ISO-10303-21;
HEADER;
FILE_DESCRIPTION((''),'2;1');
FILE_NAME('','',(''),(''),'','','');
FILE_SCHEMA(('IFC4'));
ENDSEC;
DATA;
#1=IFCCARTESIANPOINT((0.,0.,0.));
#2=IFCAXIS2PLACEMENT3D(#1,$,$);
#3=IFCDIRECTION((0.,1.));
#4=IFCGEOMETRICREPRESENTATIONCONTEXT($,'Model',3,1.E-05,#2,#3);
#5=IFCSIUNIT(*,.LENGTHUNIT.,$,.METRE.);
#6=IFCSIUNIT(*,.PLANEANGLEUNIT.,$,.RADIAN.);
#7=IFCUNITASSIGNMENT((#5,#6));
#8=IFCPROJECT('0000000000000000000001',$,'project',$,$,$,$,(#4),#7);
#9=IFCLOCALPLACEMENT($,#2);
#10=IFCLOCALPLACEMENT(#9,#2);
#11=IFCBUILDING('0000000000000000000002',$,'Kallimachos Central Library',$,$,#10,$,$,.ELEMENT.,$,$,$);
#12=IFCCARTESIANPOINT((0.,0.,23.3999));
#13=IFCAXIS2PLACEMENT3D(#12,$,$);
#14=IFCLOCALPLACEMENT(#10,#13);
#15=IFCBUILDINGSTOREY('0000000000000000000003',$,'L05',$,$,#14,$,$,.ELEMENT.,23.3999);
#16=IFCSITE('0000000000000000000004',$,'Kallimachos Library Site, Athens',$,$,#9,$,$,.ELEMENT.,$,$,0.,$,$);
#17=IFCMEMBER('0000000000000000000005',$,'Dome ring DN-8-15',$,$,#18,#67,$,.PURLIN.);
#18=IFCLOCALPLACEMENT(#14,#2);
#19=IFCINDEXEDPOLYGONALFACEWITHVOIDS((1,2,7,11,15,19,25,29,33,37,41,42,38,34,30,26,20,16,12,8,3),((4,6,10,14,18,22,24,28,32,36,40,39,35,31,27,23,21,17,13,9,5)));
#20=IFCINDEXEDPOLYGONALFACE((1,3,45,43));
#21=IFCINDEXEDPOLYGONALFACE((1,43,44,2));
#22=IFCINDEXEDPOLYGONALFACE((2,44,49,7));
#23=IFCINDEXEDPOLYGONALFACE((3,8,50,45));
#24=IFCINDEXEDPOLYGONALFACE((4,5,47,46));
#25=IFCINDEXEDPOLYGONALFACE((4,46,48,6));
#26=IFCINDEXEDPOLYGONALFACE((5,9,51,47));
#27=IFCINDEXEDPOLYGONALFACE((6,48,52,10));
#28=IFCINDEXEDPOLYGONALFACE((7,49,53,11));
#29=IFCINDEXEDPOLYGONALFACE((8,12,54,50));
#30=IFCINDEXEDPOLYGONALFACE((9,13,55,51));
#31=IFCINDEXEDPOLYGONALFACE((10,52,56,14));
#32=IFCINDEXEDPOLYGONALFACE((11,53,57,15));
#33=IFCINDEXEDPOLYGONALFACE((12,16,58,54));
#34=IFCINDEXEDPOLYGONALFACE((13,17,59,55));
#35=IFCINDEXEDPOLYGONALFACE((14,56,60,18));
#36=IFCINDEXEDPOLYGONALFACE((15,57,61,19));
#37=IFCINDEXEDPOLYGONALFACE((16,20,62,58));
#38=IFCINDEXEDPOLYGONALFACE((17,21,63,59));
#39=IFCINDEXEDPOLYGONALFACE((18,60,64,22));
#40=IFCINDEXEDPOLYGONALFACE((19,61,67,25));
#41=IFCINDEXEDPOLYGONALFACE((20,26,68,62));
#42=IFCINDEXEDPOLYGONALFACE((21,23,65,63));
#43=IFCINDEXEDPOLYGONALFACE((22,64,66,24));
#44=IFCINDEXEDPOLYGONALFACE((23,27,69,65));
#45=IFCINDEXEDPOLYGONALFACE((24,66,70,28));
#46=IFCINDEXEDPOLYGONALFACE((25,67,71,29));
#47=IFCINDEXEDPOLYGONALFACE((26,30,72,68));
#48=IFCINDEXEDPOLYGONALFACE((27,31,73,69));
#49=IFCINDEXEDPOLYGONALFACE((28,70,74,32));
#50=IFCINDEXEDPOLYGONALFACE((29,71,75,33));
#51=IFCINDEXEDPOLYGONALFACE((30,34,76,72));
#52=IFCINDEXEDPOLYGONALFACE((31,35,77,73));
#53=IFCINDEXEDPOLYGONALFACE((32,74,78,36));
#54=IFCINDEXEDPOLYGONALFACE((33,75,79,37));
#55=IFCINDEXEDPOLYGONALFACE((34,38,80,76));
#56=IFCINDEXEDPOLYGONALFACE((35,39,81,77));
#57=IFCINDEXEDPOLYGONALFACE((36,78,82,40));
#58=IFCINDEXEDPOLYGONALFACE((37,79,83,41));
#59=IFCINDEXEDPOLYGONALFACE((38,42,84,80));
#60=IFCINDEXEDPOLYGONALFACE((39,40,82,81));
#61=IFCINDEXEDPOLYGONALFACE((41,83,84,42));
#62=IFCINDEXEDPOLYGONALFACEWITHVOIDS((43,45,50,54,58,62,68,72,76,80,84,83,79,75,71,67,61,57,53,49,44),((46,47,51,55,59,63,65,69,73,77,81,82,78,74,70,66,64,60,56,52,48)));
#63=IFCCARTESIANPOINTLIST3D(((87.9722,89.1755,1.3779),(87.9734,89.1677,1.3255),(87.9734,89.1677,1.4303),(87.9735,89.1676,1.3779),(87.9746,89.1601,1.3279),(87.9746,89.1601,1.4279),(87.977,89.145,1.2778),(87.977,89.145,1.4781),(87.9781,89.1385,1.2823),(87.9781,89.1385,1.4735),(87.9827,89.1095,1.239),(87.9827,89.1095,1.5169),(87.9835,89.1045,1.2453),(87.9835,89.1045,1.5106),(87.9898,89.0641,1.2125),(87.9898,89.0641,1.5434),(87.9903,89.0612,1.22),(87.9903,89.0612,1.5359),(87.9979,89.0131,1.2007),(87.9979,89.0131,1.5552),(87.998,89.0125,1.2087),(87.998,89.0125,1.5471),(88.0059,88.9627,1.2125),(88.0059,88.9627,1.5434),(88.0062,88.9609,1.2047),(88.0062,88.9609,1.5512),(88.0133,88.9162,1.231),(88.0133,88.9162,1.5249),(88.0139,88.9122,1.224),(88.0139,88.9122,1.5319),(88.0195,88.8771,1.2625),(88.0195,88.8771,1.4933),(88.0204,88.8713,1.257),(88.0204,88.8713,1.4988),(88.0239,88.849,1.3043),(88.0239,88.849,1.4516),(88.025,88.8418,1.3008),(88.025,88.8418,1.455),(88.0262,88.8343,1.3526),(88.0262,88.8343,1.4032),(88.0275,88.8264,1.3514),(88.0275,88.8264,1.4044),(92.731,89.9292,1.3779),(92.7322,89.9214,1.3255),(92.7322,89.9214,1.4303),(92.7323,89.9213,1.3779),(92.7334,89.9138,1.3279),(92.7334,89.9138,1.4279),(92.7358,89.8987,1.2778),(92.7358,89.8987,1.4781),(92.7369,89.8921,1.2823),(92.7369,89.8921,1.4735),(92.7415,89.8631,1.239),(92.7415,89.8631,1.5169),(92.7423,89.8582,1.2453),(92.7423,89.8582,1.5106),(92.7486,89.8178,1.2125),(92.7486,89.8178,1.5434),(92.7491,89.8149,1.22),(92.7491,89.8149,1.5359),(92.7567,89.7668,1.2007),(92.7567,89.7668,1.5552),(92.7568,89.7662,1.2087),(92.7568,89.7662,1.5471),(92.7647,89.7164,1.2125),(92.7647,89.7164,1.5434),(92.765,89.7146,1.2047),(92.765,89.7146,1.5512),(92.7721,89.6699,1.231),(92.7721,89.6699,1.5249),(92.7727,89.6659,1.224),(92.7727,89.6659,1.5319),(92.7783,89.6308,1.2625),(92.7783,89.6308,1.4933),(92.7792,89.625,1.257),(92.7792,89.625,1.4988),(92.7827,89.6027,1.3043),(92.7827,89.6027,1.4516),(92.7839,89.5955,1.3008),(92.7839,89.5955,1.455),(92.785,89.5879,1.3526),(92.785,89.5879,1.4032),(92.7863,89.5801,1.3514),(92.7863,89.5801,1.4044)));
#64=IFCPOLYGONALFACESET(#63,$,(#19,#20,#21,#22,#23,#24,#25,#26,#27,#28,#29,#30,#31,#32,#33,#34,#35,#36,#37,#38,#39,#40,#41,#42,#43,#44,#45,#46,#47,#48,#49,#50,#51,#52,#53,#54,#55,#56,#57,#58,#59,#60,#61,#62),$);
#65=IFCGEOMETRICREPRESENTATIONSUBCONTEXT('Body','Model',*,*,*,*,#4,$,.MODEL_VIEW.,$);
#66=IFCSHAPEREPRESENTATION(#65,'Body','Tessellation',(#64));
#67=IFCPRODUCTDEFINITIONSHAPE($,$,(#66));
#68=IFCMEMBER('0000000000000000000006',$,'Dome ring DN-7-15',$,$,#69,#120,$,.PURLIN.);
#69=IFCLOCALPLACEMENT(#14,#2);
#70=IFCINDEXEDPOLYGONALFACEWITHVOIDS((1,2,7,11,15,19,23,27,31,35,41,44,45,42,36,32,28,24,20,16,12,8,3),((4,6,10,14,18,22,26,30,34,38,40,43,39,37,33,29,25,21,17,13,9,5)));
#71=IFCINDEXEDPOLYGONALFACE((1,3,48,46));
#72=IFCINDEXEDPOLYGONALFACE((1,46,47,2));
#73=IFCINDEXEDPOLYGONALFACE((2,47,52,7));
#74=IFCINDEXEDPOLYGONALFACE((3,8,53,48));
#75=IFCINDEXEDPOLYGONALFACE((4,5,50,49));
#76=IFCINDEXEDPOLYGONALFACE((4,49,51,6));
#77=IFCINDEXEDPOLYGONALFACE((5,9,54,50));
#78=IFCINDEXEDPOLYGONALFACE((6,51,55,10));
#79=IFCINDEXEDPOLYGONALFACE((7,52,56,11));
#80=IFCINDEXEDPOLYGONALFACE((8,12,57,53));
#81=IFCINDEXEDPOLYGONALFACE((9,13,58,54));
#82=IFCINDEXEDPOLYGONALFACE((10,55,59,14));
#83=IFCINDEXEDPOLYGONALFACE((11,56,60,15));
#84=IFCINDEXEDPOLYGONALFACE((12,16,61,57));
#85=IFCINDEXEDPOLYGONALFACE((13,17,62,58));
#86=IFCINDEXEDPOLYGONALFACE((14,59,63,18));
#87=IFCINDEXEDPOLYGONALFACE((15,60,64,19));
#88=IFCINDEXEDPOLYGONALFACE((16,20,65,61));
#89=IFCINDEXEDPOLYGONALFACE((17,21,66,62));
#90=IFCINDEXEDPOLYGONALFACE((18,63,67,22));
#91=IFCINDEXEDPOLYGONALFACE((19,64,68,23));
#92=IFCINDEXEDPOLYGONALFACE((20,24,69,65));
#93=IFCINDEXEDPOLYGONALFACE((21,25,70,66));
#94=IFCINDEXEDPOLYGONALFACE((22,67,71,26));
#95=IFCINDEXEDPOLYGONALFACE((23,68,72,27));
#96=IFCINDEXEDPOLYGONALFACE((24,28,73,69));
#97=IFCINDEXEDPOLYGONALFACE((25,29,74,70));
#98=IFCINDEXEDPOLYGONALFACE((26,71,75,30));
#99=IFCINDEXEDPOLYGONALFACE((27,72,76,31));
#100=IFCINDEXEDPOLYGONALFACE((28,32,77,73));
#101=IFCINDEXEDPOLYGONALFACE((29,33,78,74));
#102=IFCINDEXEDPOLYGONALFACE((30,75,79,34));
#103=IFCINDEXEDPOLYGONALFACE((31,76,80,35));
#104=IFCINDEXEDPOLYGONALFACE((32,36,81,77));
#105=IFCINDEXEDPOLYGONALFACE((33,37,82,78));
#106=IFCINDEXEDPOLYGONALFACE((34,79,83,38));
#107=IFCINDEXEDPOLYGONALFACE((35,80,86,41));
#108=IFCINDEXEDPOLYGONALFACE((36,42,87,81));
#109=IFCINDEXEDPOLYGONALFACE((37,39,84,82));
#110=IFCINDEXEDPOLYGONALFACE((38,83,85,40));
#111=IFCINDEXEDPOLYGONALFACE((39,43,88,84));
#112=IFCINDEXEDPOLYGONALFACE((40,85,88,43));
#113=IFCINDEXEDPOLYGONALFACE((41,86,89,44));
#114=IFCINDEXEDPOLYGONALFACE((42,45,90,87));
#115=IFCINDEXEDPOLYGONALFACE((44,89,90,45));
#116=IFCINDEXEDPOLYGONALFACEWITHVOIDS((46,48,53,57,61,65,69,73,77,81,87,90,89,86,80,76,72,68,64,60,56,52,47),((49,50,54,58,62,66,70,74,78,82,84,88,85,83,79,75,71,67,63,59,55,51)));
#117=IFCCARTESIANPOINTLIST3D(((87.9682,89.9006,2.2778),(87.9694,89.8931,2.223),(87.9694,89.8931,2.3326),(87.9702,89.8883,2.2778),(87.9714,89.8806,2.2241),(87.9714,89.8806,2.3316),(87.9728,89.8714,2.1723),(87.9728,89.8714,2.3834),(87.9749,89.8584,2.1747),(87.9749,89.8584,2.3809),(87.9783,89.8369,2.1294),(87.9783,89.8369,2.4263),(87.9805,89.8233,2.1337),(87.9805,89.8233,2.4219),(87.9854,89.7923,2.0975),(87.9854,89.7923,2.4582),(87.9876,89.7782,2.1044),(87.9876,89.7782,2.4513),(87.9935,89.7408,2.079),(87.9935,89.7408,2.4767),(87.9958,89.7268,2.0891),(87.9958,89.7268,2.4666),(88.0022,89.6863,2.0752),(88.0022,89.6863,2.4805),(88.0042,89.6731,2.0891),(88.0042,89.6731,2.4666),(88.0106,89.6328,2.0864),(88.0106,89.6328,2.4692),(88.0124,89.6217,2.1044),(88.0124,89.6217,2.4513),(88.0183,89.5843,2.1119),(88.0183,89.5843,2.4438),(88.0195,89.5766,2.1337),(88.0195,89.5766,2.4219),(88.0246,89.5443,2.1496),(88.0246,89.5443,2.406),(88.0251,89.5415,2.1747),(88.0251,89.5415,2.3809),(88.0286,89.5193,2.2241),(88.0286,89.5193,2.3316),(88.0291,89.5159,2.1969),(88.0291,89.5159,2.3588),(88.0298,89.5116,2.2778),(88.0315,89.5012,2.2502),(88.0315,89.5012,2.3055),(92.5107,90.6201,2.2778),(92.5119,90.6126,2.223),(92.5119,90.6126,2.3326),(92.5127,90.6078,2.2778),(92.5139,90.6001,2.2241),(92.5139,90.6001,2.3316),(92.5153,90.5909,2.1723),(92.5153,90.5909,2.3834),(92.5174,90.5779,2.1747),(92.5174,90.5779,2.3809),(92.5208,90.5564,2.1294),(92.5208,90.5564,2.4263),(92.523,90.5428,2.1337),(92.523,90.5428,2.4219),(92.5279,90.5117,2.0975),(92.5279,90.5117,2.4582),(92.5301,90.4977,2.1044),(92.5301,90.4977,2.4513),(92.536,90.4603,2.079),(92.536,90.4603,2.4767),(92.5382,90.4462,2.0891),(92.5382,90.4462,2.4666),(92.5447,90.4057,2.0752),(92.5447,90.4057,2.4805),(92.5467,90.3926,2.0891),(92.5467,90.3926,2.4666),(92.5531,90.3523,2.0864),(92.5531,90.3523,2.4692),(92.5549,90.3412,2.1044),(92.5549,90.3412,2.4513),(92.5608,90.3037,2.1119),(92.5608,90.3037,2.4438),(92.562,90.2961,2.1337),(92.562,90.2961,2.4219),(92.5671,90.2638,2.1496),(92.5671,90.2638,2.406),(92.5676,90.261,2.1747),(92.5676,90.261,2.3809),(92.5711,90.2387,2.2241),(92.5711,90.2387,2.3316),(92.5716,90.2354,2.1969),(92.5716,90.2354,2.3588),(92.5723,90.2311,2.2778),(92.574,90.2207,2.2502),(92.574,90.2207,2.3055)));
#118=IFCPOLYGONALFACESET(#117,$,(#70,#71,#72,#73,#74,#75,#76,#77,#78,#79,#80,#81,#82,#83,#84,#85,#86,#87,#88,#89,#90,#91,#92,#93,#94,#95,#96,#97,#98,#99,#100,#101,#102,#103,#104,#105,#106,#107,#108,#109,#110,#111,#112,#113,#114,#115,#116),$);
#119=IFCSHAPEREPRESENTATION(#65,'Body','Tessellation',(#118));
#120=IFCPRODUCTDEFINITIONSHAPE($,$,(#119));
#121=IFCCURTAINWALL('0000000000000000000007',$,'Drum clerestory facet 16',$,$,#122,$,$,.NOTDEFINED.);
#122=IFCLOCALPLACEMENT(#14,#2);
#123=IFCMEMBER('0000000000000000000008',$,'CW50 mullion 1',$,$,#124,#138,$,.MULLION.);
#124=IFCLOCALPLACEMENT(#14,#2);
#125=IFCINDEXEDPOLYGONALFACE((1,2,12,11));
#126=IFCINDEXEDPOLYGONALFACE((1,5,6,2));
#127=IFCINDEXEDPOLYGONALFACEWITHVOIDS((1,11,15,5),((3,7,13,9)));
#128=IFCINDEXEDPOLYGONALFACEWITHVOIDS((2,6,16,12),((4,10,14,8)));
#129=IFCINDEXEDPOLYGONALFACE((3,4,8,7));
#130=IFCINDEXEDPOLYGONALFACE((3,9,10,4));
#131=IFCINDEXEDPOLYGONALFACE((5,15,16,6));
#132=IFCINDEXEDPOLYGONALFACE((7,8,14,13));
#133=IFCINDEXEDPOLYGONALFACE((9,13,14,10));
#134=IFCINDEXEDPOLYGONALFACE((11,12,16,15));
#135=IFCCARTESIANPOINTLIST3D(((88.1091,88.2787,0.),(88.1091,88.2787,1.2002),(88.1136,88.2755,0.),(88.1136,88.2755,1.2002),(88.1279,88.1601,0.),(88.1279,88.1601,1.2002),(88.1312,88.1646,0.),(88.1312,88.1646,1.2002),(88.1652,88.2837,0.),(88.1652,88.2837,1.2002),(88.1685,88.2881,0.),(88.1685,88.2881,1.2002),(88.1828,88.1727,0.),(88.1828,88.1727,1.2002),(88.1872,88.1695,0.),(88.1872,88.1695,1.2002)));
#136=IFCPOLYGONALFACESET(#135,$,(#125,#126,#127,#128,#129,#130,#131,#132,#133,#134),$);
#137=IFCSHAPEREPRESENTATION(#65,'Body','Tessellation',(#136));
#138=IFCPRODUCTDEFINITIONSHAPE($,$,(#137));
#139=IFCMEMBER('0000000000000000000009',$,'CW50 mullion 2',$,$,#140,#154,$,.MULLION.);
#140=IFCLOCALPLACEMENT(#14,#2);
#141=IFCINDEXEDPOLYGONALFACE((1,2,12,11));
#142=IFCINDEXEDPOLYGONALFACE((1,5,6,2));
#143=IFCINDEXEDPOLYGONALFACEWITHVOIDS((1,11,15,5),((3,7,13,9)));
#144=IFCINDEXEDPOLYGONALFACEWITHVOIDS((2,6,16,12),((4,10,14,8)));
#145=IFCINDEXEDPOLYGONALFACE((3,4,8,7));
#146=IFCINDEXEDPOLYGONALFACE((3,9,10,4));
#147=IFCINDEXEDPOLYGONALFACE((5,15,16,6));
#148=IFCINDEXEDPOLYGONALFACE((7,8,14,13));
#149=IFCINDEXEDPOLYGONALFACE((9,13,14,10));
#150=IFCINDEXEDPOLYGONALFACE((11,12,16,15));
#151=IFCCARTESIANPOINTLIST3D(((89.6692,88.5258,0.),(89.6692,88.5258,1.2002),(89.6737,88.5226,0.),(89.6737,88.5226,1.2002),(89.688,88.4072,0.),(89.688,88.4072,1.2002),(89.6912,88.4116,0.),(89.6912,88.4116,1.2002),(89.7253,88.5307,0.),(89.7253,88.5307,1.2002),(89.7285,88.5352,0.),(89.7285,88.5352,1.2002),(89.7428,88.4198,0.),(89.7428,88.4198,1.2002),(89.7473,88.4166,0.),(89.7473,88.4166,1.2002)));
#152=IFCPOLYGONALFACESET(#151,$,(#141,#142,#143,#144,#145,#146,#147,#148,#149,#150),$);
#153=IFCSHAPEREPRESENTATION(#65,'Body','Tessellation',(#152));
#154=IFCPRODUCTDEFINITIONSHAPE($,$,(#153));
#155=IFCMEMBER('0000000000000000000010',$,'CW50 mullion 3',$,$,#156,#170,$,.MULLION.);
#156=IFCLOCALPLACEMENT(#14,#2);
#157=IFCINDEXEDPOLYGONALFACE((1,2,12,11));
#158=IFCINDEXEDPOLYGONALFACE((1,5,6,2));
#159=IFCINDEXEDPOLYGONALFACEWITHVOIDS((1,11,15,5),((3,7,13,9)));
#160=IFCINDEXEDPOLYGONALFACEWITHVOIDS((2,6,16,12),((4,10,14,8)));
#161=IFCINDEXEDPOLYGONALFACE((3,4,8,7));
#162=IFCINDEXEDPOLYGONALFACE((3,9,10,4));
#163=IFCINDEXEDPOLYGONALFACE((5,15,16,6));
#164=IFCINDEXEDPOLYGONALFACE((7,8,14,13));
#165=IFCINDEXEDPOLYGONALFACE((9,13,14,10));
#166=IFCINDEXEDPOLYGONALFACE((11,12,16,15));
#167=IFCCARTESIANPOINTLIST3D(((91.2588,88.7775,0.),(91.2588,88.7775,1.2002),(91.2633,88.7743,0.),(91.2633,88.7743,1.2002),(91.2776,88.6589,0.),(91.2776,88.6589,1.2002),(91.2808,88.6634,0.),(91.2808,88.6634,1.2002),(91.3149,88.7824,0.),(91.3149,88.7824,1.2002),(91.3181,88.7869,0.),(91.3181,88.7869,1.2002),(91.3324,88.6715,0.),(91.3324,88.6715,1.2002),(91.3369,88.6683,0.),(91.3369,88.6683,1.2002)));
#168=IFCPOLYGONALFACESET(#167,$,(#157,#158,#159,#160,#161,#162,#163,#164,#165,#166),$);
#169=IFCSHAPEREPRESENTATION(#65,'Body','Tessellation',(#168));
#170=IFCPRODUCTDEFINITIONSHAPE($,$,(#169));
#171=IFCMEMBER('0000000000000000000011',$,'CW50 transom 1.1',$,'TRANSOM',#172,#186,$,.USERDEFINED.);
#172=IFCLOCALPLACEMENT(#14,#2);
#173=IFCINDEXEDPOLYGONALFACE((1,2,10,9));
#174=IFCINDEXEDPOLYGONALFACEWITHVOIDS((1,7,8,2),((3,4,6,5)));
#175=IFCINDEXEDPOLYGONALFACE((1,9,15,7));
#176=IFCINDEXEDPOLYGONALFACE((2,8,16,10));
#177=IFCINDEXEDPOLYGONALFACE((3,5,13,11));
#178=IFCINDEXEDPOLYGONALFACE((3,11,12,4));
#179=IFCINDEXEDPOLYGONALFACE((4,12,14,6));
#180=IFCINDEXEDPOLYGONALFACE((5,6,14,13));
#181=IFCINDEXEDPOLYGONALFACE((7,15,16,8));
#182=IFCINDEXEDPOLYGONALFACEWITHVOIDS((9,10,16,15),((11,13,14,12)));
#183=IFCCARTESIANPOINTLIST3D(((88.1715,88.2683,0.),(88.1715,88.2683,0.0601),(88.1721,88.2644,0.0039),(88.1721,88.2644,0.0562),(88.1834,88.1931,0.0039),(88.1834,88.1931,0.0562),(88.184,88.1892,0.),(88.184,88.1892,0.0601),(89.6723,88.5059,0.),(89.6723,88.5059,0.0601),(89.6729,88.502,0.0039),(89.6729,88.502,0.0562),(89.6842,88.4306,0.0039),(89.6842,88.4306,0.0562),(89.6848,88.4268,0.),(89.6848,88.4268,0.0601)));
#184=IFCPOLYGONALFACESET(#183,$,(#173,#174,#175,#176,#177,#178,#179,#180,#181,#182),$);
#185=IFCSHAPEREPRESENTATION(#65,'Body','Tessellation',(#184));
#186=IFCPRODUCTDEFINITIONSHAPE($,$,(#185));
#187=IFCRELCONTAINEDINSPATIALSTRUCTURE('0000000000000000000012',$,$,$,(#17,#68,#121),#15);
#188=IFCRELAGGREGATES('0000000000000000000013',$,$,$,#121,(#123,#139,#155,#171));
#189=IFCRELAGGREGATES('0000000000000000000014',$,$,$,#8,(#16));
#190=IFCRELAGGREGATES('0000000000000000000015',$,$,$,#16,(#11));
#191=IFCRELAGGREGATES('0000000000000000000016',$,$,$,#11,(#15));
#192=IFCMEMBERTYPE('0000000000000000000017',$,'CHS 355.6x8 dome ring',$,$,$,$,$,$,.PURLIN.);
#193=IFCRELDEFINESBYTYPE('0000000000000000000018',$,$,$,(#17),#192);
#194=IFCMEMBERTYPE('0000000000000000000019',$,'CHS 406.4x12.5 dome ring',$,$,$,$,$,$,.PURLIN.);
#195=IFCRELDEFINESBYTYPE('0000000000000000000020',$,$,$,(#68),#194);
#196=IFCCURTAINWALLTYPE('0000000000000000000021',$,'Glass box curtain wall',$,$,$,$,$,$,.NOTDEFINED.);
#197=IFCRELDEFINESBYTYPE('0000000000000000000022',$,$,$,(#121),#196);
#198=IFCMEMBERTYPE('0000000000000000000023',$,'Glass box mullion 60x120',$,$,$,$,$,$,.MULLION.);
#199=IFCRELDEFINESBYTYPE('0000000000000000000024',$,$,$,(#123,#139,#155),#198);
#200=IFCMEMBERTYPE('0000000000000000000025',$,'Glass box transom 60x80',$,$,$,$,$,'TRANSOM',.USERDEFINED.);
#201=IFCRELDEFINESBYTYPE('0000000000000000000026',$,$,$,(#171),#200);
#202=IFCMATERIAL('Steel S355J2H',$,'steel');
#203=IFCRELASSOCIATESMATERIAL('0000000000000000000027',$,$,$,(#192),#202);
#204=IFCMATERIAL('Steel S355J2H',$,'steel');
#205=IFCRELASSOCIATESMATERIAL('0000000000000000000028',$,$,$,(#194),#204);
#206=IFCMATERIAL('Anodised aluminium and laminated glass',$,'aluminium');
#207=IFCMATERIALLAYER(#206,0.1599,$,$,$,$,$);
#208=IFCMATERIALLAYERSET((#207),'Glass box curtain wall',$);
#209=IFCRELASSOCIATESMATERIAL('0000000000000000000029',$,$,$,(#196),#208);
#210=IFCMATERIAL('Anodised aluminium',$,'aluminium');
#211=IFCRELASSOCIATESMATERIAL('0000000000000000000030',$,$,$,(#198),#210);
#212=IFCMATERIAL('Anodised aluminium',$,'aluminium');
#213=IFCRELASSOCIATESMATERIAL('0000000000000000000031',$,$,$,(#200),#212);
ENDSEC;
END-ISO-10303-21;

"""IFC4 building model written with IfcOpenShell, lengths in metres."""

from ifc_helpers import new_model, si_unit, direction, frame, origin, origin_2d, place, context, subcontext, project, spatial, hollow_rectangle, hollow_circle, extrude, material, layer, layer_set, material_profile, profile_set, type_object, element, aggregate, save


model = new_model("IFC4")

# Units and contexts
model_context = context("Model", 3, precision=1e-05, world=origin(), true_north=direction((0.0, 1.0)))
body_context = subcontext(model_context, "Body", "Model", "MODEL_VIEW")
ifc_project = project(units=[si_unit("LENGTHUNIT", "METRE"), si_unit("PLANEANGLEUNIT", "RADIAN")], contexts=[model_context])

# Site, building, storey
site_placement = place(None, origin())
site = spatial("IfcSite", under=ifc_project, at=site_placement, Name="Kallimachos Library Site, Athens", CompositionType="ELEMENT", RefElevation=0.0)
building_placement = place(site_placement, origin())
building = spatial("IfcBuilding", under=site, at=building_placement, Name="Kallimachos Central Library", CompositionType="ELEMENT")
storey_placement = place(building_placement, frame((0.0, 0.0, 23.3999)))
storey = spatial("IfcBuildingStorey", under=building, at=storey_placement, Name="L05", CompositionType="ELEMENT", Elevation=23.3999)

# Members
ifc_material_1 = material(Name="Steel S355J2H", Category="steel")
ifc_material_profile_1 = material_profile(ifc_material_1, hollow_circle(Radius=0.1777, WallThickness=0.0081, at=origin_2d()), Name="CHS 355.6x8")
ifc_profile_set_1 = profile_set([ifc_material_profile_1], Name="Steel S355J2H")
member_type_1 = type_object("IfcMemberType", Name="CHS 355.6x8 dome ring", PredefinedType="PURLIN", material=ifc_profile_set_1)
member_1_placement = place(storey_placement, frame((88.0, 89.0, 1.3779), z_axis=(0.98769, 0.156423, 0.0), x_axis=(-0.156423, 0.98769, 0.0)))
element("IfcMember", 1, at=member_1_placement, inside=storey, type_object=member_type_1, Name="Dome ring DN-8-15", PredefinedType="PURLIN", context=body_context, shape_type="SweptSolid", body=[
    extrude(hollow_circle(Radius=0.1777, WallThickness=0.0081, at=origin_2d()), origin(), (0.0, 0.0, 1.0), 4.8181),
])
ifc_material_2 = material(Name="Steel S355J2H", Category="steel")
ifc_material_profile_2 = material_profile(ifc_material_2, hollow_circle(Radius=0.2031, WallThickness=0.0125, at=origin_2d()), Name="CHS 406.4x12.5")
ifc_profile_set_2 = profile_set([ifc_material_profile_2], Name="Steel S355J2H")
member_type_2 = type_object("IfcMemberType", Name="CHS 406.4x12.5 dome ring", PredefinedType="PURLIN", material=ifc_profile_set_2)
member_2_placement = place(storey_placement, frame((88.0, 89.7, 2.2778), z_axis=(0.987688, 0.15644, 0.0), x_axis=(-0.15644, 0.987688, 0.0)))
element("IfcMember", 2, at=member_2_placement, inside=storey, type_object=member_type_2, Name="Dome ring DN-7-15", PredefinedType="PURLIN", context=body_context, shape_type="SweptSolid", body=[
    extrude(hollow_circle(Radius=0.2031, WallThickness=0.0125, at=origin_2d()), origin(), (0.0, 0.0, 1.0), 4.5991),
])

# Curtain wall, members
ifc_material_3 = material(Name="Anodised aluminium and laminated glass", Category="aluminium")
ifc_layer_1 = layer(ifc_material_3, 0.1599)
ifc_layer_set_1 = layer_set([ifc_layer_1], Name="Glass box curtain wall")
curtain_wall_type = type_object("IfcCurtainWallType", Name="Glass box curtain wall", PredefinedType="NOTDEFINED", material=ifc_layer_set_1)
curtain_wall_placement = place(storey_placement, origin())
curtain_wall = element("IfcCurtainWall", 3, at=curtain_wall_placement, inside=storey, type_object=curtain_wall_type, Name="Drum clerestory facet 16", PredefinedType="NOTDEFINED")
ifc_material_4 = material(Name="Anodised aluminium", Category="aluminium")
ifc_material_profile_3 = material_profile(ifc_material_4, hollow_rectangle(XDim=0.0601, YDim=0.1201, WallThickness=0.0039, at=origin_2d()), Name="ALU MULLION 60x120")
ifc_profile_set_3 = profile_set([ifc_material_profile_3], Name="Anodised aluminium")
member_type_3 = type_object("IfcMemberType", Name="Glass box mullion 60x120", PredefinedType="MULLION", material=ifc_profile_set_3)
member_3_placement = place(storey_placement, frame((88.1482, 88.2241, 0.0), z_axis=(0.0, 0.0, 1.0), x_axis=(0.987688, 0.156435, 0.0)))
member_3 = element("IfcMember", 4, at=member_3_placement, type_object=member_type_3, Name="CW50 mullion 1", PredefinedType="MULLION", context=body_context, shape_type="SweptSolid", body=[
    extrude(hollow_rectangle(XDim=0.0601, YDim=0.1201, WallThickness=0.0039, at=origin_2d()), origin(), (0.0, 0.0, 1.0), 1.2002),
])
member_4_placement = place(storey_placement, frame((89.7083, 88.4712, 0.0), z_axis=(0.0, 0.0, 1.0), x_axis=(0.987688, 0.156435, 0.0)))
member_4 = element("IfcMember", 5, at=member_4_placement, type_object=member_type_3, Name="CW50 mullion 2", PredefinedType="MULLION", context=body_context, shape_type="SweptSolid", body=[
    extrude(hollow_rectangle(XDim=0.0601, YDim=0.1201, WallThickness=0.0039, at=origin_2d()), origin(), (0.0, 0.0, 1.0), 1.2002),
])
member_5_placement = place(storey_placement, frame((91.2979, 88.7229, 0.0), z_axis=(0.0, 0.0, 1.0), x_axis=(0.987688, 0.156435, 0.0)))
member_5 = element("IfcMember", 6, at=member_5_placement, type_object=member_type_3, Name="CW50 mullion 3", PredefinedType="MULLION", context=body_context, shape_type="SweptSolid", body=[
    extrude(hollow_rectangle(XDim=0.0601, YDim=0.1201, WallThickness=0.0039, at=origin_2d()), origin(), (0.0, 0.0, 1.0), 1.2002),
])
ifc_material_5 = material(Name="Anodised aluminium", Category="aluminium")
ifc_material_profile_4 = material_profile(ifc_material_5, hollow_rectangle(XDim=0.0601, YDim=0.0801, WallThickness=0.0039, at=origin_2d()), Name="ALU TRANSOM 60x80")
ifc_profile_set_4 = profile_set([ifc_material_profile_4], Name="Anodised aluminium")
member_type_4 = type_object("IfcMemberType", Name="Glass box transom 60x80", ElementType="TRANSOM", PredefinedType="USERDEFINED", material=ifc_profile_set_4)
member_6_placement = place(storey_placement, frame((88.1777, 88.2288, 0.03), z_axis=(0.987703, 0.156342, 0.0), x_axis=(0.0, 0.0, 1.0)))
member_6 = element("IfcMember", 7, at=member_6_placement, type_object=member_type_4, Name="CW50 transom 1.1", ObjectType="TRANSOM", PredefinedType="USERDEFINED", context=body_context, shape_type="SweptSolid", body=[
    extrude(hollow_rectangle(XDim=0.0601, YDim=0.0801, WallThickness=0.0039, at=origin_2d()), origin(), (0.0, 0.0, 1.0), 1.5195),
])

aggregate(curtain_wall, [member_3, member_4, member_5, member_6])

save(model, "model.ifc")
